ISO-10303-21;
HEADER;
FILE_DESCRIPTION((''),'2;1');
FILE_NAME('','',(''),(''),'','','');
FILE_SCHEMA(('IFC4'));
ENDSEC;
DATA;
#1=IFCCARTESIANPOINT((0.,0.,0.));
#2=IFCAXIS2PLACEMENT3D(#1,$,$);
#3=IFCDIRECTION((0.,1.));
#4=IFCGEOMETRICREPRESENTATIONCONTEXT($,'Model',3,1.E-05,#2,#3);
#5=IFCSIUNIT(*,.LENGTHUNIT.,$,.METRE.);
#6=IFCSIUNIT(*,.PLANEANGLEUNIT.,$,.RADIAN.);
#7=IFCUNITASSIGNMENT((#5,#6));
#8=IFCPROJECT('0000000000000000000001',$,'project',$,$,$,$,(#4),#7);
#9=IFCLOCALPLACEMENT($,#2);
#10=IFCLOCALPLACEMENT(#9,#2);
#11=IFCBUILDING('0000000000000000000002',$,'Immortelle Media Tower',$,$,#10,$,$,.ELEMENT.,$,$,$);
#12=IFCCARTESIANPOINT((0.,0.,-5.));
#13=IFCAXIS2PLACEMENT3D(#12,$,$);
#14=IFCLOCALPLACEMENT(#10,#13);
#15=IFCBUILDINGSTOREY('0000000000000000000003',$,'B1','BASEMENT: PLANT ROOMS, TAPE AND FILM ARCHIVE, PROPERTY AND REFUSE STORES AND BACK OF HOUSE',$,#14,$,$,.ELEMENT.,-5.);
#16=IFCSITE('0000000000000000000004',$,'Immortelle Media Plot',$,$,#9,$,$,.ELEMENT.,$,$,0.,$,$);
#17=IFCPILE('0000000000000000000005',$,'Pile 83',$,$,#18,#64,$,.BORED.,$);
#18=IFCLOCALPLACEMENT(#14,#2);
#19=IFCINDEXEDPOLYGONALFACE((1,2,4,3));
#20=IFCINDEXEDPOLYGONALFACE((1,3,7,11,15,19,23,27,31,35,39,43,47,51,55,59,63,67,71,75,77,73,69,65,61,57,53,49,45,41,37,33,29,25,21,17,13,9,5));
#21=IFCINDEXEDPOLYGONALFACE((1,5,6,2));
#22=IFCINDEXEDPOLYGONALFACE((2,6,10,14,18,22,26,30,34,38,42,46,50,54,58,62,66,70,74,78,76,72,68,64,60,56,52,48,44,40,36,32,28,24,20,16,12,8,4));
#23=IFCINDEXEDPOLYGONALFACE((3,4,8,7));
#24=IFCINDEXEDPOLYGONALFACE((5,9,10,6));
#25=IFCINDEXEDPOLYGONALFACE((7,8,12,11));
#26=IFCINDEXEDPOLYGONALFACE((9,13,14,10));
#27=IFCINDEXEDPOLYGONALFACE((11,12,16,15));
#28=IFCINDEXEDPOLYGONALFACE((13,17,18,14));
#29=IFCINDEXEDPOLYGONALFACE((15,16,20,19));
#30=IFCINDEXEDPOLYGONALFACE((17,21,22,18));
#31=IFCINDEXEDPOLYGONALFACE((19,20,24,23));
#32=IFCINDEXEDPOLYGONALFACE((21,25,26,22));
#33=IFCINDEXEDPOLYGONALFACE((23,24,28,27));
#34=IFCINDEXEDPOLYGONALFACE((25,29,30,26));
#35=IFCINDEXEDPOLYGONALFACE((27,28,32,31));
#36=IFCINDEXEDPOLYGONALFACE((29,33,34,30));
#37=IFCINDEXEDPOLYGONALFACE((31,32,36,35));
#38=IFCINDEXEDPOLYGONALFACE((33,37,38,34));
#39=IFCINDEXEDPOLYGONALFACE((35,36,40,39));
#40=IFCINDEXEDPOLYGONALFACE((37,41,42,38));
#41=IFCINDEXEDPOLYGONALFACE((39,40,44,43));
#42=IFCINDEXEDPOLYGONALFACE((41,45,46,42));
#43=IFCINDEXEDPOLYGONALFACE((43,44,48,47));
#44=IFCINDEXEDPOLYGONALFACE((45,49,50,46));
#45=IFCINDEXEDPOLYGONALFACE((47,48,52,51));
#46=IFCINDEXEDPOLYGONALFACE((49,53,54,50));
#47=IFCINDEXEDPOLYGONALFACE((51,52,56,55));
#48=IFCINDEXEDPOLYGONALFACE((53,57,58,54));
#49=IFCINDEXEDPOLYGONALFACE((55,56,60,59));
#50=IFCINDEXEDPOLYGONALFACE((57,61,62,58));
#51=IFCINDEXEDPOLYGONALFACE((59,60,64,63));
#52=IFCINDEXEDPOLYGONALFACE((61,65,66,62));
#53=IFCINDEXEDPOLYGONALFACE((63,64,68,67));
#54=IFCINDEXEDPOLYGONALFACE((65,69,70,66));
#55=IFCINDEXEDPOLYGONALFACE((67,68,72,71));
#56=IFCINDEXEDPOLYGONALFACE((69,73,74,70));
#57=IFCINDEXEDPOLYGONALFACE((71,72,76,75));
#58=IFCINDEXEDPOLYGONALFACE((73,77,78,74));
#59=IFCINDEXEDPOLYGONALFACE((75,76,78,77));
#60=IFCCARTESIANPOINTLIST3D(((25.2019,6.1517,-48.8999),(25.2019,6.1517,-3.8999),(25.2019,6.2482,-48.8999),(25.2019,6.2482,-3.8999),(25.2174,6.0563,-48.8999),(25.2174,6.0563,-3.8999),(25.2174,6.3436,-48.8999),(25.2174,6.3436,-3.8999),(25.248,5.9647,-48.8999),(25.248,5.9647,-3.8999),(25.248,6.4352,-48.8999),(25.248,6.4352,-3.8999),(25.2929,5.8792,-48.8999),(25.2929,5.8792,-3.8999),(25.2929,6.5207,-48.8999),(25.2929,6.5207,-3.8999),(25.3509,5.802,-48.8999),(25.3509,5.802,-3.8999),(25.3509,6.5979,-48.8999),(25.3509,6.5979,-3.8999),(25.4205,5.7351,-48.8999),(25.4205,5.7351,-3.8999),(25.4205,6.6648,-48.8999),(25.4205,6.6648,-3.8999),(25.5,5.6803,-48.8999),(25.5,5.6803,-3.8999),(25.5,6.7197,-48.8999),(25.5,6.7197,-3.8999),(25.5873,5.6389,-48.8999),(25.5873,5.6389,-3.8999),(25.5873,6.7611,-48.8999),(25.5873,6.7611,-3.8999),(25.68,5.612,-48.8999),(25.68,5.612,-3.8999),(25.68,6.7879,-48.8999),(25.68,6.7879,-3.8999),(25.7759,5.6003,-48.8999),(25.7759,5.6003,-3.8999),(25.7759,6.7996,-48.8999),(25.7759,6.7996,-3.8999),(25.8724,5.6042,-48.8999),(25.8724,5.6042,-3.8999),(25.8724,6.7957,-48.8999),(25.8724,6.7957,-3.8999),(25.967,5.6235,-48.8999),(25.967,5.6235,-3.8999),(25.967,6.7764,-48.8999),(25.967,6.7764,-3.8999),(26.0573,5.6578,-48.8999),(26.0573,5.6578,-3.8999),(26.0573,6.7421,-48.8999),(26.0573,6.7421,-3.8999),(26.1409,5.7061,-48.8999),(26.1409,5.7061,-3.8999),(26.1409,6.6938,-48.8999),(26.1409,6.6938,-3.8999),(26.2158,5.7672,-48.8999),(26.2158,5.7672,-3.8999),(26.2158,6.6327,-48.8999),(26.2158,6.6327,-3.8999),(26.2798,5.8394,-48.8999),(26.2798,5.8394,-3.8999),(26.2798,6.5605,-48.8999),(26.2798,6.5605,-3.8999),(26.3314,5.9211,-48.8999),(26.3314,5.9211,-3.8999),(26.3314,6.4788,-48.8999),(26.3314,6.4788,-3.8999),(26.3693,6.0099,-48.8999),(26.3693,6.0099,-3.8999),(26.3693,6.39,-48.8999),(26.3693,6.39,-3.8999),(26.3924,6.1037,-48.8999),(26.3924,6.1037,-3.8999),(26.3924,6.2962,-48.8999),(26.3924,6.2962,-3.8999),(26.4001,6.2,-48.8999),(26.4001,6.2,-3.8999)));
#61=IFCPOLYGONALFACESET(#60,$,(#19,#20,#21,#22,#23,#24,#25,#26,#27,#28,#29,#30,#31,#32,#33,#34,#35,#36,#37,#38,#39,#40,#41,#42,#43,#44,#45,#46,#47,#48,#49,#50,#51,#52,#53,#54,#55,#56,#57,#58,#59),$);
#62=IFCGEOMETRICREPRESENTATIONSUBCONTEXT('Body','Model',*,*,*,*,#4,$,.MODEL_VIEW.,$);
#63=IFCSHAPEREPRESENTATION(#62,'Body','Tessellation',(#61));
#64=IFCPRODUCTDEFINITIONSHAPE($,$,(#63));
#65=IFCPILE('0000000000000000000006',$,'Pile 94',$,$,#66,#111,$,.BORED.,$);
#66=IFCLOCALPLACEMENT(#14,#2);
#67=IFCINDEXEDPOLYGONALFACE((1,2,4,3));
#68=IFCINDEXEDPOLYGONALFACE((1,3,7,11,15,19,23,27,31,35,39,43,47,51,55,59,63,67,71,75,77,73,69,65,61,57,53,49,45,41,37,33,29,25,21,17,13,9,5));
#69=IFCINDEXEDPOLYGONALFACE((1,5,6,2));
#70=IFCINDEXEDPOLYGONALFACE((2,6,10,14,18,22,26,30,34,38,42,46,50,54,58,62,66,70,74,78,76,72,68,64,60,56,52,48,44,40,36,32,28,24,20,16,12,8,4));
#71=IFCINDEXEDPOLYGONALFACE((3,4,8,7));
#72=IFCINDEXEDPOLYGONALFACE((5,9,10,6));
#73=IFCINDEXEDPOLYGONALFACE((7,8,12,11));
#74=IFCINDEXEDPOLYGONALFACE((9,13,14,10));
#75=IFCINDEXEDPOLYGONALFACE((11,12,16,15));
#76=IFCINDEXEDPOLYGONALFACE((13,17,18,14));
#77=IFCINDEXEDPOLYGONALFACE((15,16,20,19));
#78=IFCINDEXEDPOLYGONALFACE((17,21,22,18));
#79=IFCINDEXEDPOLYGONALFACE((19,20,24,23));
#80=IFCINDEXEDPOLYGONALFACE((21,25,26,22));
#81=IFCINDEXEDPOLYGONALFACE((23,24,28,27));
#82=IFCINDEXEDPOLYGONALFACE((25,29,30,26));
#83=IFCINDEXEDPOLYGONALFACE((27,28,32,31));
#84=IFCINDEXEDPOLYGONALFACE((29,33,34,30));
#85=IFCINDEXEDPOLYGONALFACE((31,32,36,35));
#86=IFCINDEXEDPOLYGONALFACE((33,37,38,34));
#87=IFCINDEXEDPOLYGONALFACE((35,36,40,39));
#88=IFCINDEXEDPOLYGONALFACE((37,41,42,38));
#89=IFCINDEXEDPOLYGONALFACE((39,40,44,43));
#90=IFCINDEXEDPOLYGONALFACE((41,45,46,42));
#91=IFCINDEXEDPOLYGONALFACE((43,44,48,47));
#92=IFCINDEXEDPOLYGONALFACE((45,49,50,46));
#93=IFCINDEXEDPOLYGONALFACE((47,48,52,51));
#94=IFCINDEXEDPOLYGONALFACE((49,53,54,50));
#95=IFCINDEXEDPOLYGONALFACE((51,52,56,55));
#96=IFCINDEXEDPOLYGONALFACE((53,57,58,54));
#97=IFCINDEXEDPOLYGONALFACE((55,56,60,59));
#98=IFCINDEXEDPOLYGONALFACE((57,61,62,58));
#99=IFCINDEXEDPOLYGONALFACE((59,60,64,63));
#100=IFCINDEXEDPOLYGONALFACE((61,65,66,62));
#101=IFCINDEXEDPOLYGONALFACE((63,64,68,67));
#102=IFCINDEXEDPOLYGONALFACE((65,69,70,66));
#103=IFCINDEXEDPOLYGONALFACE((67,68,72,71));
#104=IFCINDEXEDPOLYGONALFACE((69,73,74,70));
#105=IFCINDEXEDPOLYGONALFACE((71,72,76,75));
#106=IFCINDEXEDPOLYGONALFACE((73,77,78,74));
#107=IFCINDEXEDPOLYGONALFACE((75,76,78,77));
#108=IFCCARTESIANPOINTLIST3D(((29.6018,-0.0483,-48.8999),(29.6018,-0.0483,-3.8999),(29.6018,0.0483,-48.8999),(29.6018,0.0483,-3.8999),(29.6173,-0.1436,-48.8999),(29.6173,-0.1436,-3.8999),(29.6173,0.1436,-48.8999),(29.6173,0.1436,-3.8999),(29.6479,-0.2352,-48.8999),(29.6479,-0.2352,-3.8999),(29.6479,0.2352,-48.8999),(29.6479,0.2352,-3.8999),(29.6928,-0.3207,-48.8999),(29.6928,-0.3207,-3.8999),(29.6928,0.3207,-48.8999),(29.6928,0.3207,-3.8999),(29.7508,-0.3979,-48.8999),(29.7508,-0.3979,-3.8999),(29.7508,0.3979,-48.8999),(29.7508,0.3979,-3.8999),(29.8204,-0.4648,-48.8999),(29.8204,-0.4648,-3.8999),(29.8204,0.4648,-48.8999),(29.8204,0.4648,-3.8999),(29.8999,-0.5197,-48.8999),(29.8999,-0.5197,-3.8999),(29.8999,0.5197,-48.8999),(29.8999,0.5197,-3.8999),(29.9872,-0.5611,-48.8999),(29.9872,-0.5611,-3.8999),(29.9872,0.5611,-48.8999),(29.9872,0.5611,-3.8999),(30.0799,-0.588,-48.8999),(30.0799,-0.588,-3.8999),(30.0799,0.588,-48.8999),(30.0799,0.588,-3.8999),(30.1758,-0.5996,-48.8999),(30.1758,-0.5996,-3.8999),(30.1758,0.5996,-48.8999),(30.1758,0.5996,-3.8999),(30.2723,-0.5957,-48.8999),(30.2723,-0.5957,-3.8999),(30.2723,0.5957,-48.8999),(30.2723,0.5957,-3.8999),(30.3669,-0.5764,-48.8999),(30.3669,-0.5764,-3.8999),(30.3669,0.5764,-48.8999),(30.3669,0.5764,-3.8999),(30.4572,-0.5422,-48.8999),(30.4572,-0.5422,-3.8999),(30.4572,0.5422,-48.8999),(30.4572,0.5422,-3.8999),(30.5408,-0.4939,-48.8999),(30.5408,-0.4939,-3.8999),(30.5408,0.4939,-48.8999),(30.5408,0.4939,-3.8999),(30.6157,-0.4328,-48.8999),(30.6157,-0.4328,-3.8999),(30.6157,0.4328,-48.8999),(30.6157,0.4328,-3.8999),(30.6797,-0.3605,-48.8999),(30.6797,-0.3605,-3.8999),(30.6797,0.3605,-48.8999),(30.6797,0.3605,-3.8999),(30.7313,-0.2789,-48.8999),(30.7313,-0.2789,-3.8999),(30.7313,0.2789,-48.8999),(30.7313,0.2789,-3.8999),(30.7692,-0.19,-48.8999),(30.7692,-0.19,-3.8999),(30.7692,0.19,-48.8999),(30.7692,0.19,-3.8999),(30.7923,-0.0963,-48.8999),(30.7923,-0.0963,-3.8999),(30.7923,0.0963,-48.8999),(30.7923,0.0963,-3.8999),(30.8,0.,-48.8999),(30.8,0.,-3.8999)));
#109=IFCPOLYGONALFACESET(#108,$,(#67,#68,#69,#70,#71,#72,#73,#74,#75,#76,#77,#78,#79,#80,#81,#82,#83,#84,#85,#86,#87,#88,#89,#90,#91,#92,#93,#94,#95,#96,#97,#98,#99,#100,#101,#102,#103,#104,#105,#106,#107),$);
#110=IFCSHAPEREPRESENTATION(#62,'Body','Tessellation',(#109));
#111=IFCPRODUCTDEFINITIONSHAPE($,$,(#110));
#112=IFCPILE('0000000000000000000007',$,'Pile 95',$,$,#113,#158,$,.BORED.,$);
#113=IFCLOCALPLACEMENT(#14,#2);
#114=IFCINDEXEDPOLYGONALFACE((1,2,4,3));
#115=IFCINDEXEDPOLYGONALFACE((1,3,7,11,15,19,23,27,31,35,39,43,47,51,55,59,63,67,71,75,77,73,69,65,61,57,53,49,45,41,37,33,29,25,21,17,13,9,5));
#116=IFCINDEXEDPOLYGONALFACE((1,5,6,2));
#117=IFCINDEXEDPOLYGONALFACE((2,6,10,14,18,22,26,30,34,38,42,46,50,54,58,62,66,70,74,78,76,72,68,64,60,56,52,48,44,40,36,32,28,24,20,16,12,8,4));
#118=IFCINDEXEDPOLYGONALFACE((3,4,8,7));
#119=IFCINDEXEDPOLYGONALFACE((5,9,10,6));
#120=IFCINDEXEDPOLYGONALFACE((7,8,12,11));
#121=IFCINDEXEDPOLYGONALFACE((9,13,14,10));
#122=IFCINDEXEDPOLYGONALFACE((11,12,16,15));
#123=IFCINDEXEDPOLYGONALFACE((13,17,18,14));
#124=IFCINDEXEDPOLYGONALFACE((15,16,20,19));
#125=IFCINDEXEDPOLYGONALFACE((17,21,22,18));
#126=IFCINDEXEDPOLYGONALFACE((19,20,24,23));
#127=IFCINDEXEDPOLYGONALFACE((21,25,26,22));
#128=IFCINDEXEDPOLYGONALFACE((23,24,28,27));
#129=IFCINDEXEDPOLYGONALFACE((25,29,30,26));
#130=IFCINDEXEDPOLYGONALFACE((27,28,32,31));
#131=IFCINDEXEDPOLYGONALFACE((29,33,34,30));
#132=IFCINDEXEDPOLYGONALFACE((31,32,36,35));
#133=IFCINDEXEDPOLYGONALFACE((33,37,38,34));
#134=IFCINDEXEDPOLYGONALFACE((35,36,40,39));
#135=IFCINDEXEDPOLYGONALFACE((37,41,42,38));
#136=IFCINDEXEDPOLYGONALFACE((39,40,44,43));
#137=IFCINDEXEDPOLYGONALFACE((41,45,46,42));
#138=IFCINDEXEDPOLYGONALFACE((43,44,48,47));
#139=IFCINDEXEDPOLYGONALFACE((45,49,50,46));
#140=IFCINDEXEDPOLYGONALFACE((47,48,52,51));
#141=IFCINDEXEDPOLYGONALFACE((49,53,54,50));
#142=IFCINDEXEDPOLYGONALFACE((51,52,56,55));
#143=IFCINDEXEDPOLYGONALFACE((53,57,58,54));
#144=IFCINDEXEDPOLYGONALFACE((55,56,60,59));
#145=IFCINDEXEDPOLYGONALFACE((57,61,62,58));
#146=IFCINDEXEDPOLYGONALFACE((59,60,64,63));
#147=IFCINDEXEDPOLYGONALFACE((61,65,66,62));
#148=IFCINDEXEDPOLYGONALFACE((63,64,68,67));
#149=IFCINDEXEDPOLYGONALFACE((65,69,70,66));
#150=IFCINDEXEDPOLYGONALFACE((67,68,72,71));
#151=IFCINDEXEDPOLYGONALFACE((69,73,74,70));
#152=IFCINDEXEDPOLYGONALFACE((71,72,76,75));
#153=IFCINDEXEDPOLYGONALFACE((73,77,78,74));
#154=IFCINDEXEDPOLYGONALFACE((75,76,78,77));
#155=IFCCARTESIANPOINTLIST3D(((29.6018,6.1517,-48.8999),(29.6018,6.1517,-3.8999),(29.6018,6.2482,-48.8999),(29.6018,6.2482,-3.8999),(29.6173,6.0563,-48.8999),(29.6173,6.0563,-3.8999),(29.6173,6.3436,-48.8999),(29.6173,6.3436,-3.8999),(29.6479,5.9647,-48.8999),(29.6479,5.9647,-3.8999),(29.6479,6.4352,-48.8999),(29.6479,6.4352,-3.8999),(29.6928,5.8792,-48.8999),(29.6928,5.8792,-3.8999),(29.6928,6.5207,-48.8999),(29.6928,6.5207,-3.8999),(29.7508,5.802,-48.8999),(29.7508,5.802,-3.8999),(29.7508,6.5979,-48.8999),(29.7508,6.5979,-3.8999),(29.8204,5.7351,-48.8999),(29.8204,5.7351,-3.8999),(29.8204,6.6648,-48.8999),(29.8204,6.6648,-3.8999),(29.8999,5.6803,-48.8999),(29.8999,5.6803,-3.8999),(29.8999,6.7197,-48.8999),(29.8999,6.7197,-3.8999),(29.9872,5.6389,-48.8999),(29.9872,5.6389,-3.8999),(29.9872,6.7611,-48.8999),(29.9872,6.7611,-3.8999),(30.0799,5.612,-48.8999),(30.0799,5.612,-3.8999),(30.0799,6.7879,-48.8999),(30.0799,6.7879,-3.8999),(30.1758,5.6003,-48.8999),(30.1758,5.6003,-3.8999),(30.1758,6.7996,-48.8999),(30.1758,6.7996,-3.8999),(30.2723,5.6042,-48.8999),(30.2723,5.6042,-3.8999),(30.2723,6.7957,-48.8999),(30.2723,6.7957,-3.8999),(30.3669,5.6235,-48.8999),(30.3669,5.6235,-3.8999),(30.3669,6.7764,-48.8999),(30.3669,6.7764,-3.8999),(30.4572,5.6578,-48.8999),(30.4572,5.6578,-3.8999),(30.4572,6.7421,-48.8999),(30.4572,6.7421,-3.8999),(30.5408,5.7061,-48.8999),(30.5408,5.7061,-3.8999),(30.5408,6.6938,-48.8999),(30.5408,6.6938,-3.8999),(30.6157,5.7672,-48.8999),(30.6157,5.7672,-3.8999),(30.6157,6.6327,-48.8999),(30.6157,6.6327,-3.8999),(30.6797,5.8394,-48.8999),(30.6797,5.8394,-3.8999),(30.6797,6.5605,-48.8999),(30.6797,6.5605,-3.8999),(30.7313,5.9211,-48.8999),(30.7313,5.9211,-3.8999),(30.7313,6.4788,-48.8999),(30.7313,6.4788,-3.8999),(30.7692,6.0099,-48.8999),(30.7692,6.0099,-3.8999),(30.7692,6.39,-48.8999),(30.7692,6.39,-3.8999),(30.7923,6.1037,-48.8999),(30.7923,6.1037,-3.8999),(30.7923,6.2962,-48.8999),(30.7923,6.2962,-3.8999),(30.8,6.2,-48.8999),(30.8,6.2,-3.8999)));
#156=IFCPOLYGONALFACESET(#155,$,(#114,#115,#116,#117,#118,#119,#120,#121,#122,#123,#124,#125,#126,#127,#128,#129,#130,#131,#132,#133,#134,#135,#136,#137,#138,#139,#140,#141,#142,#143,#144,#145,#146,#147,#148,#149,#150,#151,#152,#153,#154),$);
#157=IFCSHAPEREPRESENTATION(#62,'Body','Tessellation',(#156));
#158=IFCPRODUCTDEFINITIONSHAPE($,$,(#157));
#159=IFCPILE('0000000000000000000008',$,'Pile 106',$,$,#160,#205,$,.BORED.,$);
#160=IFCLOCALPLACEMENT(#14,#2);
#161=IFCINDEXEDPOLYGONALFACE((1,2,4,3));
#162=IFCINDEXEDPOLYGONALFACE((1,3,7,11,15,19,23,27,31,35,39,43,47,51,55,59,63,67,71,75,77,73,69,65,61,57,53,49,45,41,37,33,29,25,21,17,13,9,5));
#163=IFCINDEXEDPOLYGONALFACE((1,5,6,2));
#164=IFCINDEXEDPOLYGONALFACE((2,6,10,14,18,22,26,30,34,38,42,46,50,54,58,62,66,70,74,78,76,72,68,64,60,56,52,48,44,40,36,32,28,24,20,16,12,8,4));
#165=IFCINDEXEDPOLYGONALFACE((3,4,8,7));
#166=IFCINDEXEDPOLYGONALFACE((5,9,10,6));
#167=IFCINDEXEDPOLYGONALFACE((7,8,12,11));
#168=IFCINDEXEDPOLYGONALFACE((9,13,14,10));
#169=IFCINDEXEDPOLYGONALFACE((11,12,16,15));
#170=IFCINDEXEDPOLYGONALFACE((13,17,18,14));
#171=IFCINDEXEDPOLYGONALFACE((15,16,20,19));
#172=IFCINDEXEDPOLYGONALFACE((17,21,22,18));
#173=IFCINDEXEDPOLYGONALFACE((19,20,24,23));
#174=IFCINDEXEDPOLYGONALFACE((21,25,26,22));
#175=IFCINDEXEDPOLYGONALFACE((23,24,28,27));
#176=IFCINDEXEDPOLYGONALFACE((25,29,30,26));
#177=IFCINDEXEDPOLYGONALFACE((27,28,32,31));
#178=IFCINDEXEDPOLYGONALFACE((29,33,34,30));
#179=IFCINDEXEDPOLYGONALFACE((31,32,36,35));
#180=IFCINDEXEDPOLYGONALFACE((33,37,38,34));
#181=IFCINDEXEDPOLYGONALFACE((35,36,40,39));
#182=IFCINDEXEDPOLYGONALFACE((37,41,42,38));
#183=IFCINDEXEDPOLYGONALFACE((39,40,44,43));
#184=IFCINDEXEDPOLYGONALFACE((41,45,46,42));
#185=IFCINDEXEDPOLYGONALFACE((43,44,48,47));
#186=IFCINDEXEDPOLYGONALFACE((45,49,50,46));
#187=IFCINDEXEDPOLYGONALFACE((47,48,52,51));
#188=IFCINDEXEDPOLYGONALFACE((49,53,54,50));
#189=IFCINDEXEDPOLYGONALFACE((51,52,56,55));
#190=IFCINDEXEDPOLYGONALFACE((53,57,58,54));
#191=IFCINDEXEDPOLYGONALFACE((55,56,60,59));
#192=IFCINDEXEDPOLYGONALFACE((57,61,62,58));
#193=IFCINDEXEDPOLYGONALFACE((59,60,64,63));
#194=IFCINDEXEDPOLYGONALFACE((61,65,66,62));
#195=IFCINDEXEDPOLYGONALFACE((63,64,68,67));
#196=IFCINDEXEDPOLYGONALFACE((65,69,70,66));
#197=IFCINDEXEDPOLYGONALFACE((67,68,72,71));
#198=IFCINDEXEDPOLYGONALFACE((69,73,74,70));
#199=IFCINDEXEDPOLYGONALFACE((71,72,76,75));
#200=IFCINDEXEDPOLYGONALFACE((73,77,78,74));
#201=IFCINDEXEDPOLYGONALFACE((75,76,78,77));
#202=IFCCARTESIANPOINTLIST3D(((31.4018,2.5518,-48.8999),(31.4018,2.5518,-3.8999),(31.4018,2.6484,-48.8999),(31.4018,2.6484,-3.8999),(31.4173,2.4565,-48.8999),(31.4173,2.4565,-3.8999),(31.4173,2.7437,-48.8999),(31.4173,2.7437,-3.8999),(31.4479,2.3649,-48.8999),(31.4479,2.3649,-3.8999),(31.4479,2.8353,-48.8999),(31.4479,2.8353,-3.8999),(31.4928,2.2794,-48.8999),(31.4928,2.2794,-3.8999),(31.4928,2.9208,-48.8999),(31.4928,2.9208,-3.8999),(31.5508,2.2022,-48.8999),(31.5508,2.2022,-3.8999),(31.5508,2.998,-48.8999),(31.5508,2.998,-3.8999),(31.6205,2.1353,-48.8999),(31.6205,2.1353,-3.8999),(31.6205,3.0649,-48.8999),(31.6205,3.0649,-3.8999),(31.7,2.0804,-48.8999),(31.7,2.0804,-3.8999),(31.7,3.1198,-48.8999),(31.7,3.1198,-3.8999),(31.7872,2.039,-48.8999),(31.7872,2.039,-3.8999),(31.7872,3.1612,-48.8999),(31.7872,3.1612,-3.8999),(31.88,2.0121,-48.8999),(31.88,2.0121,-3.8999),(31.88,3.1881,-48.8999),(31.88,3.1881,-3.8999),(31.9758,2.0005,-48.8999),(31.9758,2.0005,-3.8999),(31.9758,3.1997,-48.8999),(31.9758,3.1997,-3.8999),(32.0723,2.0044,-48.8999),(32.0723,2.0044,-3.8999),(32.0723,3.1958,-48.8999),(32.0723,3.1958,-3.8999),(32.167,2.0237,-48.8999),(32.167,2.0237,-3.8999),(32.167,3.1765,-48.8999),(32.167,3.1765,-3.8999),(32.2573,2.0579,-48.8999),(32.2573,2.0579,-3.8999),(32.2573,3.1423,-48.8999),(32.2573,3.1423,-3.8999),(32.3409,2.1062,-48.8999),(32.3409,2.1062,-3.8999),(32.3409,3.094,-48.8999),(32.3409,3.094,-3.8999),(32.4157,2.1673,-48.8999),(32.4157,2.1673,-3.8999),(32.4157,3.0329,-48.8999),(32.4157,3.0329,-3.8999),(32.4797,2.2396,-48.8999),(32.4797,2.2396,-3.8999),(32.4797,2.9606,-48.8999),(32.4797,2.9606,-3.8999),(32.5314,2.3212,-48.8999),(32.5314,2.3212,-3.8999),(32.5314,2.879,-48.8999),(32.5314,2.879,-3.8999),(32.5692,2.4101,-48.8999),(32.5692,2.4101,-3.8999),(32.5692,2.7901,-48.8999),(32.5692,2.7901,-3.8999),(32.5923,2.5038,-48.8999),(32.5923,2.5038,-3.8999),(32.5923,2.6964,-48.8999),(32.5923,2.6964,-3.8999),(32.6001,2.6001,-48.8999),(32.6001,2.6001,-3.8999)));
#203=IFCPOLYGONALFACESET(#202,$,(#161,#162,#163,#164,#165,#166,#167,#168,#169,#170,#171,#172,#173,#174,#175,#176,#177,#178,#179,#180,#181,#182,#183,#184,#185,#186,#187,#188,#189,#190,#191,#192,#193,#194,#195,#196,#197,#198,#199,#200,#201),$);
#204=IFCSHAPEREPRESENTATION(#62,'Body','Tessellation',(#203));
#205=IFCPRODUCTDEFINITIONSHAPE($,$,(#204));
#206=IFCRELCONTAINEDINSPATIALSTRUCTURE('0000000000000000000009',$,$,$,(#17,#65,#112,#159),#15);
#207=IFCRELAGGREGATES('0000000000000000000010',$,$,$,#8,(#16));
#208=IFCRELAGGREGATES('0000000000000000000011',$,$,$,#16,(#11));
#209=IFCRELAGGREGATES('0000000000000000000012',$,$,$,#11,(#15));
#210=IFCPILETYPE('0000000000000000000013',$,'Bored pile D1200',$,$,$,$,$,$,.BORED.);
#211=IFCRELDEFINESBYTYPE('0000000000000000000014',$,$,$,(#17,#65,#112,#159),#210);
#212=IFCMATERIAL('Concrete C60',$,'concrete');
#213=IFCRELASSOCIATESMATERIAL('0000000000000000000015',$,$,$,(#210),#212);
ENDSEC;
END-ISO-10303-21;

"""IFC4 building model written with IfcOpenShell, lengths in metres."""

from ifc_helpers import new_model, si_unit, direction, frame, origin, origin_2d, place, context, subcontext, project, spatial, circle, extrude, material, material_profile, profile_set, type_object, element, save


model = new_model("IFC4")

# Units and contexts
model_context = context("Model", 3, precision=1e-05, world=origin(), true_north=direction((0.0, 1.0)))
body_context = subcontext(model_context, "Body", "Model", "MODEL_VIEW")
ifc_project = project(units=[si_unit("LENGTHUNIT", "METRE"), si_unit("PLANEANGLEUNIT", "RADIAN")], contexts=[model_context])

# Site, building, storey
site_placement = place(None, origin())
site = spatial("IfcSite", under=ifc_project, at=site_placement, Name="Immortelle Media Plot", CompositionType="ELEMENT", RefElevation=0.0)
building_placement = place(site_placement, origin())
building = spatial("IfcBuilding", under=site, at=building_placement, Name="Immortelle Media Tower", CompositionType="ELEMENT")
storey_placement = place(building_placement, frame((0.0, 0.0, -5.0)))
storey = spatial("IfcBuildingStorey", under=building, at=storey_placement, Name="B1", Description="BASEMENT: PLANT ROOMS, TAPE AND FILM ARCHIVE, PROPERTY AND REFUSE STORES AND BACK OF HOUSE", CompositionType="ELEMENT", Elevation=-5.0)

# Piles
ifc_material_1 = material(Name="Concrete C60", Category="concrete")
ifc_material_profile_1 = material_profile(ifc_material_1, circle(Radius=0.6001, at=origin_2d()), Name="Bored pile D1200")
ifc_profile_set_1 = profile_set([ifc_material_profile_1], Name="Concrete C60")
pile_type = type_object("IfcPileType", Name="Bored pile D1200", PredefinedType="BORED", material=ifc_profile_set_1)
for number, where, z_axis, x_axis, name in (
    (1, (25.8, 6.2, -3.8999), (0.0, 0.0, -1.0), (1.0, 0.0, 0.0), "Pile 83"),
    (2, (30.2, 0.0, -3.8999), (0.0, 0.0, -1.0), (1.0, 0.0, 0.0), "Pile 94"),
    (3, (30.2, 6.2, -3.8999), (0.0, 0.0, -1.0), (1.0, 0.0, 0.0), "Pile 95"),
    (4, (32.0, 2.6001, -3.8999), (0.0, 0.0, -1.0), (1.0, 0.0, 0.0), "Pile 106"),
):
    element("IfcPile", number, at=place(storey_placement, frame(where, z_axis=z_axis, x_axis=x_axis)), inside=storey, type_object=pile_type, Name=name, PredefinedType="BORED", context=body_context, shape_type="SweptSolid", body=[
        extrude(circle(Radius=0.6001, at=origin_2d()), origin(), (0.0, 0.0, 1.0), 45.0),
    ])

save(model, "model.ifc")
